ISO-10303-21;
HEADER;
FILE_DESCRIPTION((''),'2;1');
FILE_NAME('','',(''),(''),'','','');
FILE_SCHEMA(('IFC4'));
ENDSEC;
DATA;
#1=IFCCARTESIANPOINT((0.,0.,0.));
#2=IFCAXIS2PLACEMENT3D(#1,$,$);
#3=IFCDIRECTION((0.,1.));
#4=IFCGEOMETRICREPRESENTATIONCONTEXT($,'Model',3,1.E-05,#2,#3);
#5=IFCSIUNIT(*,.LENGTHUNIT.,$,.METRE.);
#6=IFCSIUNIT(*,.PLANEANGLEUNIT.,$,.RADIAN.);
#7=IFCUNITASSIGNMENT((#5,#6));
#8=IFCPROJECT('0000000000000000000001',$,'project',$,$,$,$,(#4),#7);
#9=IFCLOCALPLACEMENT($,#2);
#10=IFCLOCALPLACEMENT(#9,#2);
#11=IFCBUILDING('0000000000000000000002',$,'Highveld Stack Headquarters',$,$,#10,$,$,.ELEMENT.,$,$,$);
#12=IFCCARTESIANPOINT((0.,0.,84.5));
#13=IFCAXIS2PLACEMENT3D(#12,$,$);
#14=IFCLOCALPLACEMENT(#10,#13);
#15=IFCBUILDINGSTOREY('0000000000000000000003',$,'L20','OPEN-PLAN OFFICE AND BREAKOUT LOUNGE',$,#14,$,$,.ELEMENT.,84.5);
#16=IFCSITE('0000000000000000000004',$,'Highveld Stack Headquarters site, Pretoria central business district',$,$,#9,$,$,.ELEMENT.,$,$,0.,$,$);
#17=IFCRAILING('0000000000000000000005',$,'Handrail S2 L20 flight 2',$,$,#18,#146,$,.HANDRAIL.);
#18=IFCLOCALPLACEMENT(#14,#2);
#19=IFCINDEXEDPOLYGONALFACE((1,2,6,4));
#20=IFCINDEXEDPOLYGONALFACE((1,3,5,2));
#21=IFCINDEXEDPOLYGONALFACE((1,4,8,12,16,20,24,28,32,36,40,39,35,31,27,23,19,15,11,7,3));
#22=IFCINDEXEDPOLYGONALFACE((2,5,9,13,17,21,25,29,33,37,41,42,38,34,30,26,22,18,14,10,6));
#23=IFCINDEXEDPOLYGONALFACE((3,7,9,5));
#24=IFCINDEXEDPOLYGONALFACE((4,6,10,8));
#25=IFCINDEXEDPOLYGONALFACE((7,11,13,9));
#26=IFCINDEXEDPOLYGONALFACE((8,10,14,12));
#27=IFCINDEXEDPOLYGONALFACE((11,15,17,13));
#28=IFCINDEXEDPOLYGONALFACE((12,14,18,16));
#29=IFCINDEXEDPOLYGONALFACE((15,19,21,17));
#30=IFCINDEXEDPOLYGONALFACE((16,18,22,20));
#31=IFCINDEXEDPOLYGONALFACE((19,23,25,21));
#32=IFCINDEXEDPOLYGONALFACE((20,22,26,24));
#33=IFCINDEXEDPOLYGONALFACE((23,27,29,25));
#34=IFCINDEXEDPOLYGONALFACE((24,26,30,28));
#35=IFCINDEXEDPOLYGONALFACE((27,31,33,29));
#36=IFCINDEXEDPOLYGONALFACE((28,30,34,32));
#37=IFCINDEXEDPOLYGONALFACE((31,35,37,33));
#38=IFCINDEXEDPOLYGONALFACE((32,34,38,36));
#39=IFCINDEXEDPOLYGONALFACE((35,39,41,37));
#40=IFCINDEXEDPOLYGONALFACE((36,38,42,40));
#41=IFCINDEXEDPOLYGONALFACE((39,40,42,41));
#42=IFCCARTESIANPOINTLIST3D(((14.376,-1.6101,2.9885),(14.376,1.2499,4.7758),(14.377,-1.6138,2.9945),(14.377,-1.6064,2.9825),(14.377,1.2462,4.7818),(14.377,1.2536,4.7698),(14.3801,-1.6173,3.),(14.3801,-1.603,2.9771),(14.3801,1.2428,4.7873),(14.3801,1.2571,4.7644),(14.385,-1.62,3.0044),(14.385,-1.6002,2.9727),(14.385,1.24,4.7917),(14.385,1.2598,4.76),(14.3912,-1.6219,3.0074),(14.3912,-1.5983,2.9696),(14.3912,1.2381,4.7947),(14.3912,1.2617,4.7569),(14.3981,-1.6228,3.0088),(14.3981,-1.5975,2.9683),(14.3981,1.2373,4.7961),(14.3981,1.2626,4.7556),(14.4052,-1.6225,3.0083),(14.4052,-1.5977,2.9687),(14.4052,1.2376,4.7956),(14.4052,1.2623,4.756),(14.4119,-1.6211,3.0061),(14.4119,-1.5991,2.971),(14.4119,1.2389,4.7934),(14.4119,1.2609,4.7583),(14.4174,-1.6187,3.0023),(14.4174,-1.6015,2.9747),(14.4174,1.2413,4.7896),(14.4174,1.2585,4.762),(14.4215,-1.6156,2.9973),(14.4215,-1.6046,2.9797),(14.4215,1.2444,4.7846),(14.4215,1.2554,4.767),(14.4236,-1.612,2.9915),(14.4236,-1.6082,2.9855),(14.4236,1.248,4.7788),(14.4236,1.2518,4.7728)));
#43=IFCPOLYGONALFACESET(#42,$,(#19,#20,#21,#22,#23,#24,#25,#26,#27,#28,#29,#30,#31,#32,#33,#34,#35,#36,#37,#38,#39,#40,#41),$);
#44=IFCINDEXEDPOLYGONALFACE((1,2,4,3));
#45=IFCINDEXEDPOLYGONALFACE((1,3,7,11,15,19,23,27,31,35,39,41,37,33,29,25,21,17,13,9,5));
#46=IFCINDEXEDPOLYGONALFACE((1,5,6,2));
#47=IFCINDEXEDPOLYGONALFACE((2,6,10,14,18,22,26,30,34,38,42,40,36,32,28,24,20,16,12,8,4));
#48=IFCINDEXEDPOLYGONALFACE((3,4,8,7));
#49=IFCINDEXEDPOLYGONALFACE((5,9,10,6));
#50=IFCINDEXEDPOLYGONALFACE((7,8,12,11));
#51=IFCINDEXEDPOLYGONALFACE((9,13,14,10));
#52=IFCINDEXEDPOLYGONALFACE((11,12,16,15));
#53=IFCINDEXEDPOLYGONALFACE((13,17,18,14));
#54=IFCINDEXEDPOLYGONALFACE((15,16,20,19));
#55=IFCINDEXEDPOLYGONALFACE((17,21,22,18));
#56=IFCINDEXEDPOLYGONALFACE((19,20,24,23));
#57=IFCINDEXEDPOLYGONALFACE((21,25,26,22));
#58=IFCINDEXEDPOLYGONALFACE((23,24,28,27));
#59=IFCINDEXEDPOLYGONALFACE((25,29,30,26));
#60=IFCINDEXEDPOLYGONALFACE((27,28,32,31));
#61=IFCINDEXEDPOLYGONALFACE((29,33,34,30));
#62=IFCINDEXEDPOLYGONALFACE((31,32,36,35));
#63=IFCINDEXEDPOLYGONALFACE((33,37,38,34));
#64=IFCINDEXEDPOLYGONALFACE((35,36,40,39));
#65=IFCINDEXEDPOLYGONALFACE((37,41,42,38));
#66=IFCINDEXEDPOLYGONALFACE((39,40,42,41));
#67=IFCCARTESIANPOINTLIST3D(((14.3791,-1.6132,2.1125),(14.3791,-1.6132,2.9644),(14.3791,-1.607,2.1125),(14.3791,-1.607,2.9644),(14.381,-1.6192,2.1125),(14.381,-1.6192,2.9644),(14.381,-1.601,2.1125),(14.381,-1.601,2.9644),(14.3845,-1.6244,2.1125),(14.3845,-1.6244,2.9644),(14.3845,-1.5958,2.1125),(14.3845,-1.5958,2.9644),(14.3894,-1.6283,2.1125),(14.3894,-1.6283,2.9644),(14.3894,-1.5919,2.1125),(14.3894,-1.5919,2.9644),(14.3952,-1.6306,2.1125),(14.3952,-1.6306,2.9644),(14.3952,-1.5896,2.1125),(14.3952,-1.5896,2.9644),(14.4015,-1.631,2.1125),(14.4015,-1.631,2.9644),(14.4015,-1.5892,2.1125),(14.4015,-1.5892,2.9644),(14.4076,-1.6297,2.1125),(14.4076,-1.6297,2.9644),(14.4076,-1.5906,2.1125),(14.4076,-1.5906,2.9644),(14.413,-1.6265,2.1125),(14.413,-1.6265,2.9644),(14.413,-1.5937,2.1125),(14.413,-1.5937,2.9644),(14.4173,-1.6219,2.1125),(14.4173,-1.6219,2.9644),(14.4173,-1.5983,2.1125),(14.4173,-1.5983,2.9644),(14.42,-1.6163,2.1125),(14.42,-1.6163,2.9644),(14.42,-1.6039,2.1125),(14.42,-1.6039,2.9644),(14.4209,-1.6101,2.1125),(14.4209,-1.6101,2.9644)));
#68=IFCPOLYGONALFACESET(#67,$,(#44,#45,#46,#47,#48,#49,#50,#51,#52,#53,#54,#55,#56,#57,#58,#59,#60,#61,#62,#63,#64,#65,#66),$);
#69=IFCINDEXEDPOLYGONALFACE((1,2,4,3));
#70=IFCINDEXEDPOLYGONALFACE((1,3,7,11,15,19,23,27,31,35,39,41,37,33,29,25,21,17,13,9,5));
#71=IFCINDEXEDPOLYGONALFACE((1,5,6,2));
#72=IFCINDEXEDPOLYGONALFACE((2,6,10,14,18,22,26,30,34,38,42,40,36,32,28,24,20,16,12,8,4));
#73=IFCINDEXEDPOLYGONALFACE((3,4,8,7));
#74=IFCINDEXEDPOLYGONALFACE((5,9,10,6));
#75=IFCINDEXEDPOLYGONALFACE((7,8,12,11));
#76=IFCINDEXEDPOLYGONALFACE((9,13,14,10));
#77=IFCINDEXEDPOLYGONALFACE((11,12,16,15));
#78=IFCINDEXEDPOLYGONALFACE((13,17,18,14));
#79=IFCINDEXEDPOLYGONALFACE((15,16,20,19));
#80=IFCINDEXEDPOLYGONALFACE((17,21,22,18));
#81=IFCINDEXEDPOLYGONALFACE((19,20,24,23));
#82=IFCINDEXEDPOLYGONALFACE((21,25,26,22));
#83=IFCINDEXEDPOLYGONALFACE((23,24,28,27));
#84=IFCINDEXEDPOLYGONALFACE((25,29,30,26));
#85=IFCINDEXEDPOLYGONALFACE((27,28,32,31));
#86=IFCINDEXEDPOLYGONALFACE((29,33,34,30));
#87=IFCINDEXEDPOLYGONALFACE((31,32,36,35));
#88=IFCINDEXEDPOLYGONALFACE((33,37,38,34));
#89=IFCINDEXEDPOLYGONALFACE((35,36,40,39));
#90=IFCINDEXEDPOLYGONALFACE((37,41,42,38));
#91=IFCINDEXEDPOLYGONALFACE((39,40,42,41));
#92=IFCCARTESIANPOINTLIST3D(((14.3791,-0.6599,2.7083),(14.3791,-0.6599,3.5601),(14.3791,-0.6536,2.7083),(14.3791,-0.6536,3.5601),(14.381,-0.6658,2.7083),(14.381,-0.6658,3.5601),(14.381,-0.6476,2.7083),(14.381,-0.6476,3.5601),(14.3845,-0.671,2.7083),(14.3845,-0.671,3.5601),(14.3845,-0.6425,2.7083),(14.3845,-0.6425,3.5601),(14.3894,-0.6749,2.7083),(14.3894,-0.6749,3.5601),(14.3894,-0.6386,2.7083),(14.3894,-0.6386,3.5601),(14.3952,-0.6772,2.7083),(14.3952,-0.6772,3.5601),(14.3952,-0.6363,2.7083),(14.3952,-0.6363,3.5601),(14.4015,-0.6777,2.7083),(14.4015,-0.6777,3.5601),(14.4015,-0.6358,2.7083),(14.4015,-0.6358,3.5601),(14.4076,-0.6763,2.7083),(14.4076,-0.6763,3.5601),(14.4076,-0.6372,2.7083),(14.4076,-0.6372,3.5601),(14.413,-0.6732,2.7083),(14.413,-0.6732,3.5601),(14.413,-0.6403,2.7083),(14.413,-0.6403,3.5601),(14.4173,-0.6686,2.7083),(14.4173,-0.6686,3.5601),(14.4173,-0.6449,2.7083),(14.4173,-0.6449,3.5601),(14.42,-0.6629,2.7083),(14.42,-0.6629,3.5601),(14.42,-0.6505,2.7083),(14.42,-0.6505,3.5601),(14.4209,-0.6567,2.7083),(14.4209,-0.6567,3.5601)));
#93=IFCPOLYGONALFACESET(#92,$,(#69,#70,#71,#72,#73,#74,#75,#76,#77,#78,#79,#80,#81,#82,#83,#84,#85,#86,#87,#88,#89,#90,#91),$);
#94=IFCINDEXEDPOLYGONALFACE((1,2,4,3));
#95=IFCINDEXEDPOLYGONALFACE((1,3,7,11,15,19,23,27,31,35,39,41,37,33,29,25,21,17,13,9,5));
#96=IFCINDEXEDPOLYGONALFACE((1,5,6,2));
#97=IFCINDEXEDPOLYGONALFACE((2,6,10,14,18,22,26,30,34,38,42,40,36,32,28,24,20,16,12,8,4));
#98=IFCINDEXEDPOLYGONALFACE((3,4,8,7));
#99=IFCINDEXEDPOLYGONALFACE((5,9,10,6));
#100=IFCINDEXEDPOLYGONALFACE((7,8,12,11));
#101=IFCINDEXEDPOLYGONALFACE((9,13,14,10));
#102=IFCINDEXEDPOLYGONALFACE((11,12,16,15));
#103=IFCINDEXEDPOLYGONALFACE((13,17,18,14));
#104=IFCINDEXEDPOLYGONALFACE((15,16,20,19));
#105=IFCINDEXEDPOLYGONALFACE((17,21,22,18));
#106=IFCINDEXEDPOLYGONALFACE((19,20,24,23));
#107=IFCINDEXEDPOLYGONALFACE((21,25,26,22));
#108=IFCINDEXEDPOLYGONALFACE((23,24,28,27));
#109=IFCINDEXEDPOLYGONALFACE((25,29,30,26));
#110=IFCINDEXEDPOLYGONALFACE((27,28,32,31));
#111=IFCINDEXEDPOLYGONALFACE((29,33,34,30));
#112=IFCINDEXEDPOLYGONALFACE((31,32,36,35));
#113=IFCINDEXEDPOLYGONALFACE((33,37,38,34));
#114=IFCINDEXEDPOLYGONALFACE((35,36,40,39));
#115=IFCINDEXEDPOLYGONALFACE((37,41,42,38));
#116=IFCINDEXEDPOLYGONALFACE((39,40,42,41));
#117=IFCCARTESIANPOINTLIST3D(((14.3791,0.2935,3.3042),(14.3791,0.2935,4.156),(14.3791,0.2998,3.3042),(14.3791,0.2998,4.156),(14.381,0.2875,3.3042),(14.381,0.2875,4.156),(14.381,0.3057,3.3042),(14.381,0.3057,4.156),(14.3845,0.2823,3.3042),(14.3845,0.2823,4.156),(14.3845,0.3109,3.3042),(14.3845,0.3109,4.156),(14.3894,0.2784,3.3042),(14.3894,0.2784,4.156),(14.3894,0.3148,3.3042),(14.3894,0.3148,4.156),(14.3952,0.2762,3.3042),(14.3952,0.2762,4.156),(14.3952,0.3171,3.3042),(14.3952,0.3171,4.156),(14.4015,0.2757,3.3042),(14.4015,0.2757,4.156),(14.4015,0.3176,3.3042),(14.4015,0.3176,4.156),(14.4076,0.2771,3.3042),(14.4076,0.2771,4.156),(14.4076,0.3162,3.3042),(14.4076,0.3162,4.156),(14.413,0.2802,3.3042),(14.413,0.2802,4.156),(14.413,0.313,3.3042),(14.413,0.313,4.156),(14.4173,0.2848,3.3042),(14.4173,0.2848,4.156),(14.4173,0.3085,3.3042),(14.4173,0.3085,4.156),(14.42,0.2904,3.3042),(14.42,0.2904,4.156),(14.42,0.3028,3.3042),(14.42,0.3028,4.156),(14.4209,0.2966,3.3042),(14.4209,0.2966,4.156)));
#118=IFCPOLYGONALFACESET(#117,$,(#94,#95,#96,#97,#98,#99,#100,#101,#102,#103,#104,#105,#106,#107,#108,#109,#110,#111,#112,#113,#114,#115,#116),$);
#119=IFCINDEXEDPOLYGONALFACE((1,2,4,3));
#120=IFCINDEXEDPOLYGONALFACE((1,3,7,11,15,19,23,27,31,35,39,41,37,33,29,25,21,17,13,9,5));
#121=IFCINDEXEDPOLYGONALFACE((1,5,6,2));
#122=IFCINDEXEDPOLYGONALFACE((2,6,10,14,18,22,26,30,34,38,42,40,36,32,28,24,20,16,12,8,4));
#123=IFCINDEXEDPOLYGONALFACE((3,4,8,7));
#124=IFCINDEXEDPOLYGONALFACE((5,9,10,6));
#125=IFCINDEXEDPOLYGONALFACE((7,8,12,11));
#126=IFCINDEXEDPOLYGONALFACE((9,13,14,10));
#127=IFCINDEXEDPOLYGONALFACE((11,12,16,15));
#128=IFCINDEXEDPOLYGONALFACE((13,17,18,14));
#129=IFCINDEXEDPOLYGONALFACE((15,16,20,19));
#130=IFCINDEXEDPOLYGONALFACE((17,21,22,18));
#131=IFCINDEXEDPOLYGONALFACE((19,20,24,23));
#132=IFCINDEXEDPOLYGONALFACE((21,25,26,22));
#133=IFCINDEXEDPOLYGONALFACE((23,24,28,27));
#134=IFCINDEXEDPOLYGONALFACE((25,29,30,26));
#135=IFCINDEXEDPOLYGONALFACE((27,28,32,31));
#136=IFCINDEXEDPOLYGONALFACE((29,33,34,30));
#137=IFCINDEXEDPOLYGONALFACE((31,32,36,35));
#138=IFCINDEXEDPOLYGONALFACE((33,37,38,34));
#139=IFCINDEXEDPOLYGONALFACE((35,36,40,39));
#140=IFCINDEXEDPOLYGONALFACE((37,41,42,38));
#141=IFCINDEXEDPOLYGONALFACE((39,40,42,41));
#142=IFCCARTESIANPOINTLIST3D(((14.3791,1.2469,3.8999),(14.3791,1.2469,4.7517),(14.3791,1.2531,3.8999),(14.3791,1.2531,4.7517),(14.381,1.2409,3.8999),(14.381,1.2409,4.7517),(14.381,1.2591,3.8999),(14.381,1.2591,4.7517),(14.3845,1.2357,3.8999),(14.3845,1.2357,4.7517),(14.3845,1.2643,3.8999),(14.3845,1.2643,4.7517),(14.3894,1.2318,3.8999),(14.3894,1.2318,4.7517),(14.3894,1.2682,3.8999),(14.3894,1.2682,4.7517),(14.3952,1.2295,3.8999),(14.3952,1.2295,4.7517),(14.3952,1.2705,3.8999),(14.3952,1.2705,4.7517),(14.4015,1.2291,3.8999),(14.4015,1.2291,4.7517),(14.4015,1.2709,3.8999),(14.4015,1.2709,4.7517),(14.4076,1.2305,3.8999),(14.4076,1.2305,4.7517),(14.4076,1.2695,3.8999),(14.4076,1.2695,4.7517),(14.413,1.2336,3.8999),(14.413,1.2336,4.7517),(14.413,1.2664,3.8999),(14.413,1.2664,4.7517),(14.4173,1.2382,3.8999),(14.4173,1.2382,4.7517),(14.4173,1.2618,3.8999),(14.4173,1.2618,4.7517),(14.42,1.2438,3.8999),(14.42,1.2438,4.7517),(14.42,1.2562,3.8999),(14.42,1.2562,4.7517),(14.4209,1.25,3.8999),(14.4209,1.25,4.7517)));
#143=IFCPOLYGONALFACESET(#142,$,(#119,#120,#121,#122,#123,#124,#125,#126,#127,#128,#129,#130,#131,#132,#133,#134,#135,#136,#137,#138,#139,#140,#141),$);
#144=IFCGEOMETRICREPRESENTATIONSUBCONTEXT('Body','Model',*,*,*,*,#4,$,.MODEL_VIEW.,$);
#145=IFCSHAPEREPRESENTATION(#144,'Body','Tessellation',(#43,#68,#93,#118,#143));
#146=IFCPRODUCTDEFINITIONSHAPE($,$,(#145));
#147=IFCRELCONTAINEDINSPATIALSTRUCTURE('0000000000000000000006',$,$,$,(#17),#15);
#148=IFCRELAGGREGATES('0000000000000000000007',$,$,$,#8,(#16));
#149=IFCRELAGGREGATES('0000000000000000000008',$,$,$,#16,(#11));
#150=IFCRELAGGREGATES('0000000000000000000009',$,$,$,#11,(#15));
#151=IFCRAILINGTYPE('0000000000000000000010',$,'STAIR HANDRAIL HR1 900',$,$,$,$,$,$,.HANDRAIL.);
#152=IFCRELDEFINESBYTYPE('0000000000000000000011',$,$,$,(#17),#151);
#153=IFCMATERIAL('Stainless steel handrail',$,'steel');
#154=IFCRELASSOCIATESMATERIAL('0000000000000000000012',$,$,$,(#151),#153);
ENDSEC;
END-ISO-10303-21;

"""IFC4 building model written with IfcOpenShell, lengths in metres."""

from ifc_helpers import new_model, si_unit, direction, frame, origin, origin_2d, place, context, subcontext, project, spatial, circle, extrude, material, type_object, element, save


model = new_model("IFC4")

# Units and contexts
model_context = context("Model", 3, precision=1e-05, world=origin(), true_north=direction((0.0, 1.0)))
body_context = subcontext(model_context, "Body", "Model", "MODEL_VIEW")
ifc_project = project(units=[si_unit("LENGTHUNIT", "METRE"), si_unit("PLANEANGLEUNIT", "RADIAN")], contexts=[model_context])

# Site, building, storey
site_placement = place(None, origin())
site = spatial("IfcSite", under=ifc_project, at=site_placement, Name="Highveld Stack Headquarters site, Pretoria central business district", CompositionType="ELEMENT", RefElevation=0.0)
building_placement = place(site_placement, origin())
building = spatial("IfcBuilding", under=site, at=building_placement, Name="Highveld Stack Headquarters", CompositionType="ELEMENT")
storey_placement = place(building_placement, frame((0.0, 0.0, 84.5)))
storey = spatial("IfcBuildingStorey", under=building, at=storey_placement, Name="L20", Description="OPEN-PLAN OFFICE AND BREAKOUT LOUNGE", CompositionType="ELEMENT", Elevation=84.5)

# Railing
ifc_material_1 = material(Name="Stainless steel handrail", Category="steel")
railing_type = type_object("IfcRailingType", Name="STAIR HANDRAIL HR1 900", PredefinedType="HANDRAIL", material=ifc_material_1)
for number, where, name in (
    (1, (14.3999, -1.6101, 2.1125), "Handrail S2 L20 flight 2"),
):
    element("IfcRailing", number, at=place(storey_placement, frame(where)), inside=storey, type_object=railing_type, Name=name, PredefinedType="HANDRAIL", context=body_context, shape_type="SweptSolid", body=[
        extrude(circle(Radius=0.0239, at=origin_2d()), frame((0.0, 0.0, 0.876), z_axis=(0.0, 0.848027, 0.529953), x_axis=(-1.0, 0.0, 0.0)), (0.0, 0.0, 1.0), 3.3726),
        extrude(circle(Radius=0.021, at=origin_2d()), origin(), (0.0, 0.0, 1.0), 0.8518),
        extrude(circle(Radius=0.021, at=origin_2d()), frame((0.0, 0.9534, 0.5957)), (0.0, 0.0, 1.0), 0.8518),
        extrude(circle(Radius=0.021, at=origin_2d()), frame((0.0, 1.9067, 1.1917)), (0.0, 0.0, 1.0), 0.8518),
        extrude(circle(Radius=0.021, at=origin_2d()), frame((0.0, 2.8601, 1.7874)), (0.0, 0.0, 1.0), 0.8518),
    ])

save(model, "model.ifc")
